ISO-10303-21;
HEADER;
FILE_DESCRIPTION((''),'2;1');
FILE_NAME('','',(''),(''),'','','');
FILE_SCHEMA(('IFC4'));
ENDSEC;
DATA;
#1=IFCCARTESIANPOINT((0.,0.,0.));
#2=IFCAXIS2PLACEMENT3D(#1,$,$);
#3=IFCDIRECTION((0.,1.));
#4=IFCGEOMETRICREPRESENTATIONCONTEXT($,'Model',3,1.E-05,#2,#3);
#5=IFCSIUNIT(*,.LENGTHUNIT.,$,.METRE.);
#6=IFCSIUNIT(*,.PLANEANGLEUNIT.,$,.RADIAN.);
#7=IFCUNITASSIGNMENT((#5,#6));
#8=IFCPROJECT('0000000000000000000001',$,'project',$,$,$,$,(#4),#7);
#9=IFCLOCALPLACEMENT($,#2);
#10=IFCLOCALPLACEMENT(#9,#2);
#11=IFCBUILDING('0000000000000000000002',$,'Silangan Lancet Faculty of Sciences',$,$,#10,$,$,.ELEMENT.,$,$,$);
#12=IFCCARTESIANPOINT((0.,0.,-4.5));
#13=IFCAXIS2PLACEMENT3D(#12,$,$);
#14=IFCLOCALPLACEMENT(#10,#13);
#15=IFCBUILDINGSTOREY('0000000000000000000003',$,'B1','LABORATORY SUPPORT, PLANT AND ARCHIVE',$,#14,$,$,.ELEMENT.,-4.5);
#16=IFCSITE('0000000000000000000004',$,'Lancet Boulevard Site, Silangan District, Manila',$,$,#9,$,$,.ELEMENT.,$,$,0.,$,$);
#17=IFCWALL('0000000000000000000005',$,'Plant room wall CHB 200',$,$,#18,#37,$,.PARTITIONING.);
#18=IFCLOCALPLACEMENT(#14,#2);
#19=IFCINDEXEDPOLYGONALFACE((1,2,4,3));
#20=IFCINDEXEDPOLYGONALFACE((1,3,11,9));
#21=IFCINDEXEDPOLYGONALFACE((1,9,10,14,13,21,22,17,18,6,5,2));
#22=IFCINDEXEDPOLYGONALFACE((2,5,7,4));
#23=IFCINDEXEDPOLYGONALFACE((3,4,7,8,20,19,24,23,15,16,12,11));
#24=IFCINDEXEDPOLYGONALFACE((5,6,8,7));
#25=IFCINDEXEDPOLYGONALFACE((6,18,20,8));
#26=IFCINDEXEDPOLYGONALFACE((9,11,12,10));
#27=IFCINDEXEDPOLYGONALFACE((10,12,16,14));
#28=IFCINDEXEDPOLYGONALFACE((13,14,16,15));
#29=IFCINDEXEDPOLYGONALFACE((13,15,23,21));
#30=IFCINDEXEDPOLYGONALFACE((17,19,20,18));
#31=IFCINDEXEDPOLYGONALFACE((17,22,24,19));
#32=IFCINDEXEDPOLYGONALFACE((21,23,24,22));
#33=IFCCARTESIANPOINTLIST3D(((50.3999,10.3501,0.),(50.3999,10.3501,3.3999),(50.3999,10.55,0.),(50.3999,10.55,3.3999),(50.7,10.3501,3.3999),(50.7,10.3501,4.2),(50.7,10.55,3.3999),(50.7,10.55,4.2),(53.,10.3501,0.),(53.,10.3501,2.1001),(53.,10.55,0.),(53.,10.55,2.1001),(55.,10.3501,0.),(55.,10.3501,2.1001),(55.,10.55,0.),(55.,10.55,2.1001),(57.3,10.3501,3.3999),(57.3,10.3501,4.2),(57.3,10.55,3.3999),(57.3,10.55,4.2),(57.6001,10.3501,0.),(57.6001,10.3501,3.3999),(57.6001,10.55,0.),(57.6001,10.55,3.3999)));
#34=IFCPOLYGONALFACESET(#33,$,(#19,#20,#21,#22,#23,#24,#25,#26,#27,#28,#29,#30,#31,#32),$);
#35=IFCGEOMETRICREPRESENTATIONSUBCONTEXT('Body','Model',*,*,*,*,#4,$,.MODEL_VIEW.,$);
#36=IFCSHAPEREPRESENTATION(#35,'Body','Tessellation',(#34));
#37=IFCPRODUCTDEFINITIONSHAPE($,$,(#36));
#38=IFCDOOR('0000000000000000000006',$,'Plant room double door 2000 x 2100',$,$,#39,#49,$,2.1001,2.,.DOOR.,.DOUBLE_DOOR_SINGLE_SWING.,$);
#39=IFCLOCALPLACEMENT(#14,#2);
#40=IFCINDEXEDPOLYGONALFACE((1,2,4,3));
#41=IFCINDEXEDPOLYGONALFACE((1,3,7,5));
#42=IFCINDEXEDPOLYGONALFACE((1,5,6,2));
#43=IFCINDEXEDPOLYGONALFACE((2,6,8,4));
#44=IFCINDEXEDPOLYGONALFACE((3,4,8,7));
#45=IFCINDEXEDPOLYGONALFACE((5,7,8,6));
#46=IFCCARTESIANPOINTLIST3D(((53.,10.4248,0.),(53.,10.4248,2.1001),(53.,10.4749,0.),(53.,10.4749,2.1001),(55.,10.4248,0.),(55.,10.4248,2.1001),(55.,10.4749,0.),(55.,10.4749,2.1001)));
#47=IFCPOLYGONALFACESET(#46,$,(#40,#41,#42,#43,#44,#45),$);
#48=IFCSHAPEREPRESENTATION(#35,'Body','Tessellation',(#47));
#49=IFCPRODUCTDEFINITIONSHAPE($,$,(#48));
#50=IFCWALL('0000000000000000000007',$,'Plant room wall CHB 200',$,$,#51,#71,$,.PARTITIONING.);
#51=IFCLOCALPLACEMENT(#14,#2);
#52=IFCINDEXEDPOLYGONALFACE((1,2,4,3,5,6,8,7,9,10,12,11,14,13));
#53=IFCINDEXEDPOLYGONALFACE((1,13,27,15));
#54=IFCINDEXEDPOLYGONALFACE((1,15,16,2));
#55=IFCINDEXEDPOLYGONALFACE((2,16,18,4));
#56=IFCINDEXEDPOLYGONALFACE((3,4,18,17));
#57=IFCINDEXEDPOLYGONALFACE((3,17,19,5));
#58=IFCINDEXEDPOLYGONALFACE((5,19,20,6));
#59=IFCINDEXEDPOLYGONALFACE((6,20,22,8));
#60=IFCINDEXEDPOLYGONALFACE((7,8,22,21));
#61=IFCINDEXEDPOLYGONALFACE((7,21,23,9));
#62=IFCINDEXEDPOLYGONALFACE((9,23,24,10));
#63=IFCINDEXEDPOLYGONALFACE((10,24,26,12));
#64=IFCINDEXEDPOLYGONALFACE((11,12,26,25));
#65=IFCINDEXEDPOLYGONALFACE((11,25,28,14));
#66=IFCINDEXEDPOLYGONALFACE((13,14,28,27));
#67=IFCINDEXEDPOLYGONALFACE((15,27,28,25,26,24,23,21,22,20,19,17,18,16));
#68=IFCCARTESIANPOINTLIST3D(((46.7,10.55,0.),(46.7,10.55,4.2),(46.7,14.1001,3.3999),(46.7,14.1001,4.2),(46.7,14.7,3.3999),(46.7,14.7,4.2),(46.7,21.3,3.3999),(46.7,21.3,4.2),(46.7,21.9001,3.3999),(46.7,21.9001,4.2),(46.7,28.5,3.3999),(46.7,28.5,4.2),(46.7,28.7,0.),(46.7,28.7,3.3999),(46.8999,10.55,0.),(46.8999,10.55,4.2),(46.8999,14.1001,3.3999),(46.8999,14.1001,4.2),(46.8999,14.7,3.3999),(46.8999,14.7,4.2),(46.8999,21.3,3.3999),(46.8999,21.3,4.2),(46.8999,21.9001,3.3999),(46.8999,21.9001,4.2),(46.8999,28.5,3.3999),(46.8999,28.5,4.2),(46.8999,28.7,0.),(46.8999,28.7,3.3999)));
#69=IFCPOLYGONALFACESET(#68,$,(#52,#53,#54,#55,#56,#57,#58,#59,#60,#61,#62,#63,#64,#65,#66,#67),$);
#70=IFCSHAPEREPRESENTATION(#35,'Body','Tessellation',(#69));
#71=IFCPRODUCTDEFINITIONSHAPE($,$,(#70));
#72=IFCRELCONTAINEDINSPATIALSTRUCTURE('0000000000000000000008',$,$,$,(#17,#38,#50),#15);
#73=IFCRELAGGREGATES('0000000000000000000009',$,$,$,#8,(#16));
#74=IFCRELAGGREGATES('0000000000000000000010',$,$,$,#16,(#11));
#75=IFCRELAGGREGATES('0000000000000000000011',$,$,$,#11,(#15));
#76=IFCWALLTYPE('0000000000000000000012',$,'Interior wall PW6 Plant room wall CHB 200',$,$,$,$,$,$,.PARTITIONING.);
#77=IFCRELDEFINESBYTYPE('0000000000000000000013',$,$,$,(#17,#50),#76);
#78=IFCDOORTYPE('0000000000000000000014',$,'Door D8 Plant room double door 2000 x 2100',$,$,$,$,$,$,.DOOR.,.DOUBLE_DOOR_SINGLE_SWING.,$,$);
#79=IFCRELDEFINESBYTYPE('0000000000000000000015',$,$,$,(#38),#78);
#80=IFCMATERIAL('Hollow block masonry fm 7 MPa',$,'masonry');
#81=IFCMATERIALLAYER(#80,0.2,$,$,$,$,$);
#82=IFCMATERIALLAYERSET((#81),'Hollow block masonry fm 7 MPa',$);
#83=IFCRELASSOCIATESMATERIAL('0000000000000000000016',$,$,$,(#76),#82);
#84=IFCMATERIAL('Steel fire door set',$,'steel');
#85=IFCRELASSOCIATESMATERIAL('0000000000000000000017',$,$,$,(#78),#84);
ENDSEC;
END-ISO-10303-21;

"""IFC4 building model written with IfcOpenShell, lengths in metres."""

from ifc_helpers import new_model, si_unit, direction, frame, frame_2d, origin, place, context, subcontext, project, spatial, polyline, rectangle, outline, extrude, material, layer, layer_set, type_object, element, fill, save


model = new_model("IFC4")

# Units and contexts
model_context = context("Model", 3, precision=1e-05, world=origin(), true_north=direction((0.0, 1.0)))
body_context = subcontext(model_context, "Body", "Model", "MODEL_VIEW")
ifc_project = project(units=[si_unit("LENGTHUNIT", "METRE"), si_unit("PLANEANGLEUNIT", "RADIAN")], contexts=[model_context])

# Site, building, storey
site_placement = place(None, origin())
site = spatial("IfcSite", under=ifc_project, at=site_placement, Name="Lancet Boulevard Site, Silangan District, Manila", CompositionType="ELEMENT", RefElevation=0.0)
building_placement = place(site_placement, origin())
building = spatial("IfcBuilding", under=site, at=building_placement, Name="Silangan Lancet Faculty of Sciences", CompositionType="ELEMENT")
storey_placement = place(building_placement, frame((0.0, 0.0, -4.5)))
storey = spatial("IfcBuildingStorey", under=building, at=storey_placement, Name="B1", Description="LABORATORY SUPPORT, PLANT AND ARCHIVE", CompositionType="ELEMENT", Elevation=-4.5)

# Wall, opening, door
ifc_material_1 = material(Name="Hollow block masonry fm 7 MPa", Category="masonry")
ifc_layer_1 = layer(ifc_material_1, 0.2)
ifc_layer_set_1 = layer_set([ifc_layer_1], Name="Hollow block masonry fm 7 MPa")
wall_type_1 = type_object("IfcWallType", Name="Interior wall PW6 Plant room wall CHB 200", PredefinedType="PARTITIONING", material=ifc_layer_set_1)
ifc_material_2 = material(Name="Steel fire door set", Category="steel")
door_type_1 = type_object("IfcDoorType", Name="Door D8 Plant room double door 2000 x 2100", OperationType="DOUBLE_DOOR_SINGLE_SWING", PredefinedType="DOOR", material=ifc_material_2)
wall_1_placement = place(storey_placement, frame((50.3999, 10.45, 0.0), z_axis=(0.0, 0.0, 1.0), x_axis=(1.0, 0.0, 0.0)))
wall_1 = element("IfcWall", 1, at=wall_1_placement, inside=storey, type_object=wall_type_1, Name="Plant room wall CHB 200", PredefinedType="PARTITIONING", context=body_context, shape_type="SweptSolid", body=[
    extrude(outline(polyline([(0.0, 0.0), (7.2002, 0.0), (7.2002, 3.3999), (6.9001, 3.3999), (6.9001, 4.2), (0.3, 4.2), (0.3, 3.3999), (0.0, 3.3999), (0.0, 0.0)])), frame((0.0, 0.1001, 0.0), z_axis=(0.0, -1.0, 0.0), x_axis=(1.0, 0.0, 0.0)), (0.0, 0.0, 1.0), 0.2),
])
opening_1_placement = place(wall_1_placement, frame((2.6001, 0.0, 0.0)))
opening_1 = element("IfcOpeningElement", 2, at=opening_1_placement, cuts=wall_1, PredefinedType="OPENING", context=body_context, shape_type="SweptSolid", body=[
    extrude(rectangle(XDim=2.0, YDim=2.1001, at=frame_2d((1.0, 1.05))), frame((0.0, 0.1099, 0.0), z_axis=(0.0, -1.0, 0.0), x_axis=(1.0, 0.0, 0.0)), (0.0, 0.0, 1.0), 0.22),
])
door_1_placement = place(opening_1_placement, origin())
door_1 = element("IfcDoor", 3, at=door_1_placement, inside=storey, type_object=door_type_1, Name="Plant room double door 2000 x 2100", OperationType="DOUBLE_DOOR_SINGLE_SWING", OverallHeight=2.1001, OverallWidth=2.0, PredefinedType="DOOR", context=body_context, shape_type="SweptSolid", body=[
    extrude(rectangle(XDim=2.0, YDim=2.1001, at=frame_2d((1.0, 1.05))), frame((0.0, 0.0249, 0.0), z_axis=(0.0, -1.0, 0.0), x_axis=(1.0, 0.0, 0.0)), (0.0, 0.0, 1.0), 0.05),
])
fill(opening_1, door_1)

# Wall
wall_2_placement = place(storey_placement, frame((46.8, 10.55, 0.0), z_axis=(0.0, 0.0, 1.0), x_axis=(0.0, 1.0, 0.0)))
element("IfcWall", 4, at=wall_2_placement, inside=storey, type_object=wall_type_1, Name="Plant room wall CHB 200", PredefinedType="PARTITIONING", context=body_context, shape_type="SweptSolid", body=[
    extrude(outline(polyline([(0.0, 0.0), (18.1499, 0.0), (18.1499, 3.3999), (17.95, 3.3999), (17.95, 4.2), (11.3501, 4.2), (11.3501, 3.3999), (10.75, 3.3999), (10.75, 4.2), (4.1499, 4.2), (4.1499, 3.3999), (3.55, 3.3999), (3.55, 4.2), (0.0, 4.2), (0.0, 0.0)])), frame((0.0, 0.1001, 0.0), z_axis=(0.0, -1.0, 0.0), x_axis=(1.0, 0.0, 0.0)), (0.0, 0.0, 1.0), 0.2),
])

save(model, "model.ifc")
